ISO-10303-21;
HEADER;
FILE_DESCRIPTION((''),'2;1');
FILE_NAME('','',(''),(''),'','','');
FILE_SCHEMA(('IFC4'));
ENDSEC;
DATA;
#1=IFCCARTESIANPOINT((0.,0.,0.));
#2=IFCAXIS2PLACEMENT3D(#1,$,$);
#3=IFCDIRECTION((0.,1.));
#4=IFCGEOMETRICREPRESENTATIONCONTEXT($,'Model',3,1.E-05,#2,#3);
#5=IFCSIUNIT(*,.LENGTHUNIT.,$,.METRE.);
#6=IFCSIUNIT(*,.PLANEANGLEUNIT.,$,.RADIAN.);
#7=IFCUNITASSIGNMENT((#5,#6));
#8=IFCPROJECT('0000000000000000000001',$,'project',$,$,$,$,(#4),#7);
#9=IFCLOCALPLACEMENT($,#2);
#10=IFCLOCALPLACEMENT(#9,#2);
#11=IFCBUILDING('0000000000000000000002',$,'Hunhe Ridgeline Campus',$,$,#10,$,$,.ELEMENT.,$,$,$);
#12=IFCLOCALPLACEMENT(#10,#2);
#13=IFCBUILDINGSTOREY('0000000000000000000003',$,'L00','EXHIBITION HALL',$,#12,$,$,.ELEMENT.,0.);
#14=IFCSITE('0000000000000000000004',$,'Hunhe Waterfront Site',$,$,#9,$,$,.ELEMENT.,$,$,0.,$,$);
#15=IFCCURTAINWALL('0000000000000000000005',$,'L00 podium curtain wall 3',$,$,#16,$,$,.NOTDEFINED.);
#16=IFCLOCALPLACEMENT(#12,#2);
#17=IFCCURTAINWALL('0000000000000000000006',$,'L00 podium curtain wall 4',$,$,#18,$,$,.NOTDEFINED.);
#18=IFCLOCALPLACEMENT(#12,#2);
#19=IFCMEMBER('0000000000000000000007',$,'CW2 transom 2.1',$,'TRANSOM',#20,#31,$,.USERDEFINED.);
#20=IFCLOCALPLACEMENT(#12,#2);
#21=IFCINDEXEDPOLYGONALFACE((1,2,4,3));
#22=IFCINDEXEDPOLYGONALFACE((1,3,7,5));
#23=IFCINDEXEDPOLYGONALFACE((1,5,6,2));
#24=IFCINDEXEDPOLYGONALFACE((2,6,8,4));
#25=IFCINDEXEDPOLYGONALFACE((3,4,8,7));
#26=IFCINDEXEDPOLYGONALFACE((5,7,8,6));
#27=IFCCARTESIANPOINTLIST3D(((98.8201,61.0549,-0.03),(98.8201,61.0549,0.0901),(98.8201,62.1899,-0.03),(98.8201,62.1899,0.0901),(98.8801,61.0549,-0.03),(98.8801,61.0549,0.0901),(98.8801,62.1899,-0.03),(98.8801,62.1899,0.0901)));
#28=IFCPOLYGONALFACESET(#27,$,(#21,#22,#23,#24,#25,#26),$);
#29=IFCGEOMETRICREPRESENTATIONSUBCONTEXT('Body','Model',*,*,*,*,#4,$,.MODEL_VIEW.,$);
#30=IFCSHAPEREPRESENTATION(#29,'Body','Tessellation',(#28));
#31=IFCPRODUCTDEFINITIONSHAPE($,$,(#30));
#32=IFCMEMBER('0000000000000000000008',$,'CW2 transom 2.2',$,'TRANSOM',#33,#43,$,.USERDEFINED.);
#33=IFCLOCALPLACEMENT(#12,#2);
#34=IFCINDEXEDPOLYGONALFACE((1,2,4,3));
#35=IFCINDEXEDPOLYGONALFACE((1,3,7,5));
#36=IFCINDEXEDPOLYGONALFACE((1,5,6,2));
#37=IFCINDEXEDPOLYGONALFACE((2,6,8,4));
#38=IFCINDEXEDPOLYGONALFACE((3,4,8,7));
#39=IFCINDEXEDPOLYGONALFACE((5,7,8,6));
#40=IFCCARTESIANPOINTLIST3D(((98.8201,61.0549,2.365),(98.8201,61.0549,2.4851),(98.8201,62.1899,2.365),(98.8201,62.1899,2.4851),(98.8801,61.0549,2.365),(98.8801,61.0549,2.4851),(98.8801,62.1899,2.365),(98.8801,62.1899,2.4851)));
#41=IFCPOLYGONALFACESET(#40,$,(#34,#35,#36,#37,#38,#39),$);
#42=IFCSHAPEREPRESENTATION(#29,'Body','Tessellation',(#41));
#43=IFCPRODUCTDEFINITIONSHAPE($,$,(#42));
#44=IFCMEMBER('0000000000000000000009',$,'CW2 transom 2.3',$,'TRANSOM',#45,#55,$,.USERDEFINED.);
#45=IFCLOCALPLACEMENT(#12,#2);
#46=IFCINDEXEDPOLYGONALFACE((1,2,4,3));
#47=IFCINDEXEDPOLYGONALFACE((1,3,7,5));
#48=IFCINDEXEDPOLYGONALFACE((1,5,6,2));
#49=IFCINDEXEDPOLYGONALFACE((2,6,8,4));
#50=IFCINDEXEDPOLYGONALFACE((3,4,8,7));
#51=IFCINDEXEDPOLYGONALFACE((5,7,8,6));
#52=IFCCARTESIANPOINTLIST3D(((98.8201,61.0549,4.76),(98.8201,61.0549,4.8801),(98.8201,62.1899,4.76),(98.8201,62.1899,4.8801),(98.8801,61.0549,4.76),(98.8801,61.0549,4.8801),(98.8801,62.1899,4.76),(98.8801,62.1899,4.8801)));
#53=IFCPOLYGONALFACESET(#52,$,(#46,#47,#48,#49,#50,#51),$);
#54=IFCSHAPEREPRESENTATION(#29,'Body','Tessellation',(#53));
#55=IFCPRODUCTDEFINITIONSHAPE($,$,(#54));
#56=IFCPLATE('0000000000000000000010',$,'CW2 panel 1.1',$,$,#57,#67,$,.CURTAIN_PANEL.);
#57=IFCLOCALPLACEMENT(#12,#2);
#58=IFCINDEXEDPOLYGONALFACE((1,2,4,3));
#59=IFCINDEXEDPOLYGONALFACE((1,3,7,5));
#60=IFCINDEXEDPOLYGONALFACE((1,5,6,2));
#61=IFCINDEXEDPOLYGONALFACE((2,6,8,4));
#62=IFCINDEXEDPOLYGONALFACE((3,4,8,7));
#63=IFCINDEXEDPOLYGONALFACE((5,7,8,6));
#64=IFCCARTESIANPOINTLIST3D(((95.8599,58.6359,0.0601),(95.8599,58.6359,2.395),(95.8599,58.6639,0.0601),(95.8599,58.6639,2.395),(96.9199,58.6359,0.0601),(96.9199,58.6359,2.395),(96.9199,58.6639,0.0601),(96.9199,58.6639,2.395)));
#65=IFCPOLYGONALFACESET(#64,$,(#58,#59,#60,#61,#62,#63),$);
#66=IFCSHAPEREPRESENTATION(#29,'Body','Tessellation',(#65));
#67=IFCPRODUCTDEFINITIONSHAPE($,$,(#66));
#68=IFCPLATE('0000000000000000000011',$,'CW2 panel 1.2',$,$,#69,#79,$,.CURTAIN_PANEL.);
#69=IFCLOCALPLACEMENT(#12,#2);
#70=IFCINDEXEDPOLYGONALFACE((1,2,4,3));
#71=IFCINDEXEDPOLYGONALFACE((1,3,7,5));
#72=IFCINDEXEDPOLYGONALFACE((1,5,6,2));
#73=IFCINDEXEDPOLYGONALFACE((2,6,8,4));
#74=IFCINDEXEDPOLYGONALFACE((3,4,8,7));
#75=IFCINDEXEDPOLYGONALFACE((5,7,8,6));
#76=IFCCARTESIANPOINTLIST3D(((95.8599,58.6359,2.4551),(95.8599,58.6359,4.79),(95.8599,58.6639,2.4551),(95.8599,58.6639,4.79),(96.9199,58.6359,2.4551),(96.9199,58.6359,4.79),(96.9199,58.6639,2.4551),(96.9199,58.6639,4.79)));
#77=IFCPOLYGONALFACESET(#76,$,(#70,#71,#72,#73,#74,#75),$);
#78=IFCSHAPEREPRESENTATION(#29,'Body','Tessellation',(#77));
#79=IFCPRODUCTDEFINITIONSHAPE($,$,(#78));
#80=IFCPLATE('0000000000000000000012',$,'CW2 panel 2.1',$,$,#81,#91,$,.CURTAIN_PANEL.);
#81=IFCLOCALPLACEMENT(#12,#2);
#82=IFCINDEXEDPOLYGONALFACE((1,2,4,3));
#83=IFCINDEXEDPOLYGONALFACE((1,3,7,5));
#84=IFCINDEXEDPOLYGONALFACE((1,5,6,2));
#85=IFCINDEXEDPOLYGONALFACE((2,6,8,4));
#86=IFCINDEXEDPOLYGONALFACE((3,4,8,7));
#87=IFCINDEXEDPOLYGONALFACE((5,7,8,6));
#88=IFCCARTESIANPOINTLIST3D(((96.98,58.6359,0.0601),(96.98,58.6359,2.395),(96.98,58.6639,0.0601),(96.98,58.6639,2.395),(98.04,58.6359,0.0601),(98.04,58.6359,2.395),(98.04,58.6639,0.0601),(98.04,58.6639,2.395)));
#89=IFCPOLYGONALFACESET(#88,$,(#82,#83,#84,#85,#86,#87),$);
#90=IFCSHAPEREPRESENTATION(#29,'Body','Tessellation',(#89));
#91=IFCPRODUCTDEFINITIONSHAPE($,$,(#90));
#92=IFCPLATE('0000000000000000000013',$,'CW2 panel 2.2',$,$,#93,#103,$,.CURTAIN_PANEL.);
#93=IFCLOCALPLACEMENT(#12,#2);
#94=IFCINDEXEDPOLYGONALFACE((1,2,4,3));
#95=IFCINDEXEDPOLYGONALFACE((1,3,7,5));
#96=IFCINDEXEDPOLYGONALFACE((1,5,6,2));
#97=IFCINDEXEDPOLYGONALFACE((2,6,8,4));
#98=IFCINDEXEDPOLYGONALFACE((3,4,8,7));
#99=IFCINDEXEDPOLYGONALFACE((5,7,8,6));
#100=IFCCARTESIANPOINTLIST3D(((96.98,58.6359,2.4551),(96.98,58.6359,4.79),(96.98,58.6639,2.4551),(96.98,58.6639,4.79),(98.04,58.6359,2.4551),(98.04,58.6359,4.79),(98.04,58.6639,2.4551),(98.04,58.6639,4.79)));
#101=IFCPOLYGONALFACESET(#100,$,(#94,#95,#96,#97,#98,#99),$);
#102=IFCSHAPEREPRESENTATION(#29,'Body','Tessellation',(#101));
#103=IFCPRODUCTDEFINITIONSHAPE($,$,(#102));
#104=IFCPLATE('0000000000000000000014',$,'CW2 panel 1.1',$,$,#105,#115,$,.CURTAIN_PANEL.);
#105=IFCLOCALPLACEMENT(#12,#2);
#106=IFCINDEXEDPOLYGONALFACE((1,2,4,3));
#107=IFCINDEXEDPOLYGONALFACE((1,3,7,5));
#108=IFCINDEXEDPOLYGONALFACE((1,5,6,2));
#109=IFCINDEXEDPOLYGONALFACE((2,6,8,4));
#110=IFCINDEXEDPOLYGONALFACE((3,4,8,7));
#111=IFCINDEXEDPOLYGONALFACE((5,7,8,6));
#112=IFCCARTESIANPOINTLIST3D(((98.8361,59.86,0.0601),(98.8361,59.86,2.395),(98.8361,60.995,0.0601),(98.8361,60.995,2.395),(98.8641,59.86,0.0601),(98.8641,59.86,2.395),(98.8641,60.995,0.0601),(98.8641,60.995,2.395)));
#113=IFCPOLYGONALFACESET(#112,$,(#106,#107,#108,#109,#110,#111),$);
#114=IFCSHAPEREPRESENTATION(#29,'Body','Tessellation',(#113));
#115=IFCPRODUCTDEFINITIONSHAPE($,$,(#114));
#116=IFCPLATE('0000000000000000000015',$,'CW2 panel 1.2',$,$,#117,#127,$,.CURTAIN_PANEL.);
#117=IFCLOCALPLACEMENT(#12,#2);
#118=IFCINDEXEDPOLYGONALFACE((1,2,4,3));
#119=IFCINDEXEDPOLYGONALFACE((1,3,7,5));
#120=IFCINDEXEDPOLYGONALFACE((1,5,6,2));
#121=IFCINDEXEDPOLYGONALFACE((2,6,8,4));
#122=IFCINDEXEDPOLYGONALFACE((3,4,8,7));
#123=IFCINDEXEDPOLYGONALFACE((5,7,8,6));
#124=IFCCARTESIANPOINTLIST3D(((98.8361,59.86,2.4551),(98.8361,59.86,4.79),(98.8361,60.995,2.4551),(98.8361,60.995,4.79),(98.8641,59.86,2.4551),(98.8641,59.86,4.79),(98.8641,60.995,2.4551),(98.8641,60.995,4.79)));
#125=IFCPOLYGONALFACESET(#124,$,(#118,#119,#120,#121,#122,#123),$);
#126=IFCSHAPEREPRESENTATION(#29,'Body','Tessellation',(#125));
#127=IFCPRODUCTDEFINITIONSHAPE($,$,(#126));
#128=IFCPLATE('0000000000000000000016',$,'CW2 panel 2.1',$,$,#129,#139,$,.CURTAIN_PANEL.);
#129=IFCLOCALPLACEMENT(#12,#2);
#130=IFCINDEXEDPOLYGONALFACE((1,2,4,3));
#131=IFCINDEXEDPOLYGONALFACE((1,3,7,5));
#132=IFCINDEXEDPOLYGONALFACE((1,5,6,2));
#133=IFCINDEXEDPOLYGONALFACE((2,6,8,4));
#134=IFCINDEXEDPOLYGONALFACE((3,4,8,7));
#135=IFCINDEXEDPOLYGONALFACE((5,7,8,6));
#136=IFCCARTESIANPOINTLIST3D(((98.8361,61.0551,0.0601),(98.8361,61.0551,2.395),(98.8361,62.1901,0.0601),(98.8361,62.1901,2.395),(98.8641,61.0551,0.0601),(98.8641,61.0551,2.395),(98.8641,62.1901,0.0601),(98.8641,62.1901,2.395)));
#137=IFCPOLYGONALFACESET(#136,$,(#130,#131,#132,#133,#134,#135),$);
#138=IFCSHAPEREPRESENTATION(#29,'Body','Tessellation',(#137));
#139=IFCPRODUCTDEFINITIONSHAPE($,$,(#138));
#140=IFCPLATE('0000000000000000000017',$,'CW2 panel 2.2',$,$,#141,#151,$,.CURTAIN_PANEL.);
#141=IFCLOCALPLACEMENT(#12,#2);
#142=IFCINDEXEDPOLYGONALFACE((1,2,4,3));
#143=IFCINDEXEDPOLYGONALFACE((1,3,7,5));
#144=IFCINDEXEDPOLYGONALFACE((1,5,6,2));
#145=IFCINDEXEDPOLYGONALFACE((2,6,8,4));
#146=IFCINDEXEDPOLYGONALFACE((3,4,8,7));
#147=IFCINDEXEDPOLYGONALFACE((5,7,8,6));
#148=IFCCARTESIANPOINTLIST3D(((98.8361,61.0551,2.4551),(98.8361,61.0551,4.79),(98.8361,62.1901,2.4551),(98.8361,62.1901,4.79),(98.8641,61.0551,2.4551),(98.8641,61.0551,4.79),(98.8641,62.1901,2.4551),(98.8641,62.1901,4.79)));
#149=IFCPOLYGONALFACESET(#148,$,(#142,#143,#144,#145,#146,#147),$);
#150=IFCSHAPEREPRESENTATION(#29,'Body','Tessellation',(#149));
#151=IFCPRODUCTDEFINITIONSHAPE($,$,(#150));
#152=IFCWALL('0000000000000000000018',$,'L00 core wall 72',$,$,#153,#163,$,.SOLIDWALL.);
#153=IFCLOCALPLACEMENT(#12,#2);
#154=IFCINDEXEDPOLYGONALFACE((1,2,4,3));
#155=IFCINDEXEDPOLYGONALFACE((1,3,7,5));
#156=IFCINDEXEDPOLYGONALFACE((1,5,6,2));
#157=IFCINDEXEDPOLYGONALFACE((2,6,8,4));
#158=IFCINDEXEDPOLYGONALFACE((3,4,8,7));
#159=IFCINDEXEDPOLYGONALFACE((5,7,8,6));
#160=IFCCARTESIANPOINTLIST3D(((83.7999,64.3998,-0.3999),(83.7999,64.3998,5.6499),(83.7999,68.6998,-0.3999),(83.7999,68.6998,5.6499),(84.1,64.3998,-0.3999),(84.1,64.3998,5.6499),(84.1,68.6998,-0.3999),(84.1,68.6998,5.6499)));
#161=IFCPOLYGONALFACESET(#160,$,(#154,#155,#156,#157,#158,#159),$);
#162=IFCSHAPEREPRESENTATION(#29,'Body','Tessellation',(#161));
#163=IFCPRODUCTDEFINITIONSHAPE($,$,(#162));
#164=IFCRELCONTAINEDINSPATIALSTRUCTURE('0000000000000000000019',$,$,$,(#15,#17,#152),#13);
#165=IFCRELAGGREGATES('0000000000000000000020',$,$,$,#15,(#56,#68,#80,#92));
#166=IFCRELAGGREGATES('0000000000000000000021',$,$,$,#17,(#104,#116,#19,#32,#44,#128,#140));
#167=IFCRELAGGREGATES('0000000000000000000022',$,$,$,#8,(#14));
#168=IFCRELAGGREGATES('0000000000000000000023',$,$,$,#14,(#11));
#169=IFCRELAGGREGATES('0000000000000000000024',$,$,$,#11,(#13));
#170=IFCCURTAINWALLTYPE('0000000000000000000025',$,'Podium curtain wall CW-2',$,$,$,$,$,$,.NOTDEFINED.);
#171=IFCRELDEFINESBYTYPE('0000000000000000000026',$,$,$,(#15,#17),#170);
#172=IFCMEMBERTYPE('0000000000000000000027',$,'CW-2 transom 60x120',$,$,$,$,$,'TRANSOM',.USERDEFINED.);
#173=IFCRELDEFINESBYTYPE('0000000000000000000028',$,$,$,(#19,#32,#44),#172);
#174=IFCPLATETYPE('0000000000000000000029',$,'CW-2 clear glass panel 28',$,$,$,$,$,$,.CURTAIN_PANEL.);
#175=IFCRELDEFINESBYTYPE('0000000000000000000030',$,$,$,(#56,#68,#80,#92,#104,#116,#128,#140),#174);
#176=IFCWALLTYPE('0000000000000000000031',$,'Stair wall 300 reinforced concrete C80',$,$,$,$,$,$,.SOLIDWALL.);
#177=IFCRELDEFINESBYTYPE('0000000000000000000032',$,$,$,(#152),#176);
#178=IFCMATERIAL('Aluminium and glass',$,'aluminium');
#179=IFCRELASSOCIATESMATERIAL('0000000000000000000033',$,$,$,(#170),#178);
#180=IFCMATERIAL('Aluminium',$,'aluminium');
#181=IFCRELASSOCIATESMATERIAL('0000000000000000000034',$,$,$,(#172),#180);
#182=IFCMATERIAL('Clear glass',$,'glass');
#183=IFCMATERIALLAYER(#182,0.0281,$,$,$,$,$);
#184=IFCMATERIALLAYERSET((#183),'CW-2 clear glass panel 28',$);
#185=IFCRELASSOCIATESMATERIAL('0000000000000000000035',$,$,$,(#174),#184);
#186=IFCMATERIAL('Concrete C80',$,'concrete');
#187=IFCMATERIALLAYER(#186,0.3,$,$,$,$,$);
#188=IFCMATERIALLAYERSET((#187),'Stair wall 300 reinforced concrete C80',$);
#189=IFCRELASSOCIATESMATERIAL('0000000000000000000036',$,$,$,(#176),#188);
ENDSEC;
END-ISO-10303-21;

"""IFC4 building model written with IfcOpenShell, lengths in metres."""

from ifc_helpers import new_model, si_unit, direction, frame, frame_2d, origin, origin_2d, place, context, subcontext, project, spatial, rectangle, extrude, material, layer, layer_set, material_profile, profile_set, type_object, element, aggregate, save


model = new_model("IFC4")

# Units and contexts
model_context = context("Model", 3, precision=1e-05, world=origin(), true_north=direction((0.0, 1.0)))
body_context = subcontext(model_context, "Body", "Model", "MODEL_VIEW")
ifc_project = project(units=[si_unit("LENGTHUNIT", "METRE"), si_unit("PLANEANGLEUNIT", "RADIAN")], contexts=[model_context])

# Site, building, storey
site_placement = place(None, origin())
site = spatial("IfcSite", under=ifc_project, at=site_placement, Name="Hunhe Waterfront Site", CompositionType="ELEMENT", RefElevation=0.0)
building_placement = place(site_placement, origin())
building = spatial("IfcBuilding", under=site, at=building_placement, Name="Hunhe Ridgeline Campus", CompositionType="ELEMENT")
storey_placement = place(building_placement, origin())
storey = spatial("IfcBuildingStorey", under=building, at=storey_placement, Name="L00", Description="EXHIBITION HALL", CompositionType="ELEMENT", Elevation=0.0)

# Shared definitions
ifc_material_1 = material(Name="Concrete C80", Category="concrete")

# Curtain walls
ifc_material_2 = material(Name="Aluminium and glass", Category="aluminium")
curtain_wall_type = type_object("IfcCurtainWallType", Name="Podium curtain wall CW-2", PredefinedType="NOTDEFINED", material=ifc_material_2)
curtain_wall_1_placement = place(storey_placement, origin())
curtain_wall_1 = element("IfcCurtainWall", 1, at=curtain_wall_1_placement, inside=storey, type_object=curtain_wall_type, Name="L00 podium curtain wall 3", PredefinedType="NOTDEFINED")
ifc_material_3 = material(Name="Aluminium", Category="aluminium")
curtain_wall_2_placement = place(storey_placement, origin())
curtain_wall_2 = element("IfcCurtainWall", 2, at=curtain_wall_2_placement, inside=storey, type_object=curtain_wall_type, Name="L00 podium curtain wall 4", PredefinedType="NOTDEFINED")

# Members
ifc_material_profile_1 = material_profile(ifc_material_3, rectangle(XDim=0.0601, YDim=0.1201, at=origin_2d()))
ifc_profile_set_1 = profile_set([ifc_material_profile_1], Name="Aluminium")
member_type_1 = type_object("IfcMemberType", Name="CW-2 transom 60x120", ElementType="TRANSOM", PredefinedType="USERDEFINED", material=ifc_profile_set_1)
member_1_placement = place(storey_placement, frame((98.8501, 61.0549, 0.03), z_axis=(0.0, 1.0, 0.0), x_axis=(-1.0, 0.0, 0.0)))
member_1 = element("IfcMember", 3, at=member_1_placement, type_object=member_type_1, Name="CW2 transom 2.1", ObjectType="TRANSOM", PredefinedType="USERDEFINED", context=body_context, shape_type="SweptSolid", body=[
    extrude(rectangle(XDim=0.0601, YDim=0.1201, at=origin_2d()), origin(), (0.0, 0.0, 1.0), 1.135),
])
member_2_placement = place(storey_placement, frame((98.8501, 61.0549, 2.425), z_axis=(0.0, 1.0, 0.0), x_axis=(-1.0, 0.0, 0.0)))
member_2 = element("IfcMember", 4, at=member_2_placement, type_object=member_type_1, Name="CW2 transom 2.2", ObjectType="TRANSOM", PredefinedType="USERDEFINED", context=body_context, shape_type="SweptSolid", body=[
    extrude(rectangle(XDim=0.0601, YDim=0.1201, at=origin_2d()), origin(), (0.0, 0.0, 1.0), 1.135),
])
member_3_placement = place(storey_placement, frame((98.8501, 61.0549, 4.8201), z_axis=(0.0, 1.0, 0.0), x_axis=(-1.0, 0.0, 0.0)))
member_3 = element("IfcMember", 5, at=member_3_placement, type_object=member_type_1, Name="CW2 transom 2.3", ObjectType="TRANSOM", PredefinedType="USERDEFINED", context=body_context, shape_type="SweptSolid", body=[
    extrude(rectangle(XDim=0.0601, YDim=0.1201, at=origin_2d()), origin(), (0.0, 0.0, 1.0), 1.135),
])

# Plates
ifc_material_4 = material(Name="Clear glass", Category="glass")
ifc_layer_1 = layer(ifc_material_4, 0.0281)
ifc_layer_set_1 = layer_set([ifc_layer_1], Name="CW-2 clear glass panel 28")
plate_type = type_object("IfcPlateType", Name="CW-2 clear glass panel 28", PredefinedType="CURTAIN_PANEL", material=ifc_layer_set_1)
plate_1_placement = place(storey_placement, frame((96.3899, 58.6499, 0.0601), z_axis=(0.0, 0.0, 1.0), x_axis=(1.0, 0.0, 0.0)))
plate_1 = element("IfcPlate", 6, at=plate_1_placement, type_object=plate_type, Name="CW2 panel 1.1", PredefinedType="CURTAIN_PANEL", context=body_context, shape_type="SweptSolid", body=[
    extrude(rectangle(XDim=1.0601, YDim=0.0281, at=origin_2d()), origin(), (0.0, 0.0, 1.0), 2.335),
])
plate_2_placement = place(storey_placement, frame((96.3899, 58.6499, 2.4551), z_axis=(0.0, 0.0, 1.0), x_axis=(1.0, 0.0, 0.0)))
plate_2 = element("IfcPlate", 7, at=plate_2_placement, type_object=plate_type, Name="CW2 panel 1.2", PredefinedType="CURTAIN_PANEL", context=body_context, shape_type="SweptSolid", body=[
    extrude(rectangle(XDim=1.0601, YDim=0.0281, at=origin_2d()), origin(), (0.0, 0.0, 1.0), 2.335),
])
plate_3_placement = place(storey_placement, frame((97.51, 58.6499, 0.0601), z_axis=(0.0, 0.0, 1.0), x_axis=(1.0, 0.0, 0.0)))
plate_3 = element("IfcPlate", 8, at=plate_3_placement, type_object=plate_type, Name="CW2 panel 2.1", PredefinedType="CURTAIN_PANEL", context=body_context, shape_type="SweptSolid", body=[
    extrude(rectangle(XDim=1.0601, YDim=0.0281, at=origin_2d()), origin(), (0.0, 0.0, 1.0), 2.335),
])
plate_4_placement = place(storey_placement, frame((97.51, 58.6499, 2.4551), z_axis=(0.0, 0.0, 1.0), x_axis=(1.0, 0.0, 0.0)))
plate_4 = element("IfcPlate", 9, at=plate_4_placement, type_object=plate_type, Name="CW2 panel 2.2", PredefinedType="CURTAIN_PANEL", context=body_context, shape_type="SweptSolid", body=[
    extrude(rectangle(XDim=1.0601, YDim=0.0281, at=origin_2d()), origin(), (0.0, 0.0, 1.0), 2.335),
])
aggregate(curtain_wall_1, [plate_1, plate_2, plate_3, plate_4])
plate_5_placement = place(storey_placement, frame((98.8501, 60.4275, 0.0601), z_axis=(0.0, 0.0, 1.0), x_axis=(0.0, 1.0, 0.0)))
plate_5 = element("IfcPlate", 10, at=plate_5_placement, type_object=plate_type, Name="CW2 panel 1.1", PredefinedType="CURTAIN_PANEL", context=body_context, shape_type="SweptSolid", body=[
    extrude(rectangle(XDim=1.135, YDim=0.0281, at=origin_2d()), origin(), (0.0, 0.0, 1.0), 2.335),
])
plate_6_placement = place(storey_placement, frame((98.8501, 60.4275, 2.4551), z_axis=(0.0, 0.0, 1.0), x_axis=(0.0, 1.0, 0.0)))
plate_6 = element("IfcPlate", 11, at=plate_6_placement, type_object=plate_type, Name="CW2 panel 1.2", PredefinedType="CURTAIN_PANEL", context=body_context, shape_type="SweptSolid", body=[
    extrude(rectangle(XDim=1.135, YDim=0.0281, at=origin_2d()), origin(), (0.0, 0.0, 1.0), 2.335),
])
plate_7_placement = place(storey_placement, frame((98.8501, 61.6226, 0.0601), z_axis=(0.0, 0.0, 1.0), x_axis=(0.0, 1.0, 0.0)))
plate_7 = element("IfcPlate", 12, at=plate_7_placement, type_object=plate_type, Name="CW2 panel 2.1", PredefinedType="CURTAIN_PANEL", context=body_context, shape_type="SweptSolid", body=[
    extrude(rectangle(XDim=1.135, YDim=0.0281, at=origin_2d()), origin(), (0.0, 0.0, 1.0), 2.335),
])
plate_8_placement = place(storey_placement, frame((98.8501, 61.6226, 2.4551), z_axis=(0.0, 0.0, 1.0), x_axis=(0.0, 1.0, 0.0)))
plate_8 = element("IfcPlate", 13, at=plate_8_placement, type_object=plate_type, Name="CW2 panel 2.2", PredefinedType="CURTAIN_PANEL", context=body_context, shape_type="SweptSolid", body=[
    extrude(rectangle(XDim=1.135, YDim=0.0281, at=origin_2d()), origin(), (0.0, 0.0, 1.0), 2.335),
])
aggregate(curtain_wall_2, [plate_5, plate_6, member_1, member_2, member_3, plate_7, plate_8])

# Wall
ifc_layer_2 = layer(ifc_material_1, 0.3)
ifc_layer_set_2 = layer_set([ifc_layer_2], Name="Stair wall 300 reinforced concrete C80")
wall_type = type_object("IfcWallType", Name="Stair wall 300 reinforced concrete C80", PredefinedType="SOLIDWALL", material=ifc_layer_set_2)
wall_placement = place(storey_placement, frame((83.95, 64.3999, -0.3999), z_axis=(0.0, 0.0, 1.0), x_axis=(0.0, 1.0, 0.0)))
element("IfcWall", 14, at=wall_placement, inside=storey, type_object=wall_type, Name="L00 core wall 72", PredefinedType="SOLIDWALL", context=body_context, shape_type="SweptSolid", body=[
    extrude(rectangle(XDim=4.3, YDim=0.3, at=frame_2d((2.1499, 0.0))), origin(), (0.0, 0.0, 1.0), 6.0498),
])

save(model, "model.ifc")
